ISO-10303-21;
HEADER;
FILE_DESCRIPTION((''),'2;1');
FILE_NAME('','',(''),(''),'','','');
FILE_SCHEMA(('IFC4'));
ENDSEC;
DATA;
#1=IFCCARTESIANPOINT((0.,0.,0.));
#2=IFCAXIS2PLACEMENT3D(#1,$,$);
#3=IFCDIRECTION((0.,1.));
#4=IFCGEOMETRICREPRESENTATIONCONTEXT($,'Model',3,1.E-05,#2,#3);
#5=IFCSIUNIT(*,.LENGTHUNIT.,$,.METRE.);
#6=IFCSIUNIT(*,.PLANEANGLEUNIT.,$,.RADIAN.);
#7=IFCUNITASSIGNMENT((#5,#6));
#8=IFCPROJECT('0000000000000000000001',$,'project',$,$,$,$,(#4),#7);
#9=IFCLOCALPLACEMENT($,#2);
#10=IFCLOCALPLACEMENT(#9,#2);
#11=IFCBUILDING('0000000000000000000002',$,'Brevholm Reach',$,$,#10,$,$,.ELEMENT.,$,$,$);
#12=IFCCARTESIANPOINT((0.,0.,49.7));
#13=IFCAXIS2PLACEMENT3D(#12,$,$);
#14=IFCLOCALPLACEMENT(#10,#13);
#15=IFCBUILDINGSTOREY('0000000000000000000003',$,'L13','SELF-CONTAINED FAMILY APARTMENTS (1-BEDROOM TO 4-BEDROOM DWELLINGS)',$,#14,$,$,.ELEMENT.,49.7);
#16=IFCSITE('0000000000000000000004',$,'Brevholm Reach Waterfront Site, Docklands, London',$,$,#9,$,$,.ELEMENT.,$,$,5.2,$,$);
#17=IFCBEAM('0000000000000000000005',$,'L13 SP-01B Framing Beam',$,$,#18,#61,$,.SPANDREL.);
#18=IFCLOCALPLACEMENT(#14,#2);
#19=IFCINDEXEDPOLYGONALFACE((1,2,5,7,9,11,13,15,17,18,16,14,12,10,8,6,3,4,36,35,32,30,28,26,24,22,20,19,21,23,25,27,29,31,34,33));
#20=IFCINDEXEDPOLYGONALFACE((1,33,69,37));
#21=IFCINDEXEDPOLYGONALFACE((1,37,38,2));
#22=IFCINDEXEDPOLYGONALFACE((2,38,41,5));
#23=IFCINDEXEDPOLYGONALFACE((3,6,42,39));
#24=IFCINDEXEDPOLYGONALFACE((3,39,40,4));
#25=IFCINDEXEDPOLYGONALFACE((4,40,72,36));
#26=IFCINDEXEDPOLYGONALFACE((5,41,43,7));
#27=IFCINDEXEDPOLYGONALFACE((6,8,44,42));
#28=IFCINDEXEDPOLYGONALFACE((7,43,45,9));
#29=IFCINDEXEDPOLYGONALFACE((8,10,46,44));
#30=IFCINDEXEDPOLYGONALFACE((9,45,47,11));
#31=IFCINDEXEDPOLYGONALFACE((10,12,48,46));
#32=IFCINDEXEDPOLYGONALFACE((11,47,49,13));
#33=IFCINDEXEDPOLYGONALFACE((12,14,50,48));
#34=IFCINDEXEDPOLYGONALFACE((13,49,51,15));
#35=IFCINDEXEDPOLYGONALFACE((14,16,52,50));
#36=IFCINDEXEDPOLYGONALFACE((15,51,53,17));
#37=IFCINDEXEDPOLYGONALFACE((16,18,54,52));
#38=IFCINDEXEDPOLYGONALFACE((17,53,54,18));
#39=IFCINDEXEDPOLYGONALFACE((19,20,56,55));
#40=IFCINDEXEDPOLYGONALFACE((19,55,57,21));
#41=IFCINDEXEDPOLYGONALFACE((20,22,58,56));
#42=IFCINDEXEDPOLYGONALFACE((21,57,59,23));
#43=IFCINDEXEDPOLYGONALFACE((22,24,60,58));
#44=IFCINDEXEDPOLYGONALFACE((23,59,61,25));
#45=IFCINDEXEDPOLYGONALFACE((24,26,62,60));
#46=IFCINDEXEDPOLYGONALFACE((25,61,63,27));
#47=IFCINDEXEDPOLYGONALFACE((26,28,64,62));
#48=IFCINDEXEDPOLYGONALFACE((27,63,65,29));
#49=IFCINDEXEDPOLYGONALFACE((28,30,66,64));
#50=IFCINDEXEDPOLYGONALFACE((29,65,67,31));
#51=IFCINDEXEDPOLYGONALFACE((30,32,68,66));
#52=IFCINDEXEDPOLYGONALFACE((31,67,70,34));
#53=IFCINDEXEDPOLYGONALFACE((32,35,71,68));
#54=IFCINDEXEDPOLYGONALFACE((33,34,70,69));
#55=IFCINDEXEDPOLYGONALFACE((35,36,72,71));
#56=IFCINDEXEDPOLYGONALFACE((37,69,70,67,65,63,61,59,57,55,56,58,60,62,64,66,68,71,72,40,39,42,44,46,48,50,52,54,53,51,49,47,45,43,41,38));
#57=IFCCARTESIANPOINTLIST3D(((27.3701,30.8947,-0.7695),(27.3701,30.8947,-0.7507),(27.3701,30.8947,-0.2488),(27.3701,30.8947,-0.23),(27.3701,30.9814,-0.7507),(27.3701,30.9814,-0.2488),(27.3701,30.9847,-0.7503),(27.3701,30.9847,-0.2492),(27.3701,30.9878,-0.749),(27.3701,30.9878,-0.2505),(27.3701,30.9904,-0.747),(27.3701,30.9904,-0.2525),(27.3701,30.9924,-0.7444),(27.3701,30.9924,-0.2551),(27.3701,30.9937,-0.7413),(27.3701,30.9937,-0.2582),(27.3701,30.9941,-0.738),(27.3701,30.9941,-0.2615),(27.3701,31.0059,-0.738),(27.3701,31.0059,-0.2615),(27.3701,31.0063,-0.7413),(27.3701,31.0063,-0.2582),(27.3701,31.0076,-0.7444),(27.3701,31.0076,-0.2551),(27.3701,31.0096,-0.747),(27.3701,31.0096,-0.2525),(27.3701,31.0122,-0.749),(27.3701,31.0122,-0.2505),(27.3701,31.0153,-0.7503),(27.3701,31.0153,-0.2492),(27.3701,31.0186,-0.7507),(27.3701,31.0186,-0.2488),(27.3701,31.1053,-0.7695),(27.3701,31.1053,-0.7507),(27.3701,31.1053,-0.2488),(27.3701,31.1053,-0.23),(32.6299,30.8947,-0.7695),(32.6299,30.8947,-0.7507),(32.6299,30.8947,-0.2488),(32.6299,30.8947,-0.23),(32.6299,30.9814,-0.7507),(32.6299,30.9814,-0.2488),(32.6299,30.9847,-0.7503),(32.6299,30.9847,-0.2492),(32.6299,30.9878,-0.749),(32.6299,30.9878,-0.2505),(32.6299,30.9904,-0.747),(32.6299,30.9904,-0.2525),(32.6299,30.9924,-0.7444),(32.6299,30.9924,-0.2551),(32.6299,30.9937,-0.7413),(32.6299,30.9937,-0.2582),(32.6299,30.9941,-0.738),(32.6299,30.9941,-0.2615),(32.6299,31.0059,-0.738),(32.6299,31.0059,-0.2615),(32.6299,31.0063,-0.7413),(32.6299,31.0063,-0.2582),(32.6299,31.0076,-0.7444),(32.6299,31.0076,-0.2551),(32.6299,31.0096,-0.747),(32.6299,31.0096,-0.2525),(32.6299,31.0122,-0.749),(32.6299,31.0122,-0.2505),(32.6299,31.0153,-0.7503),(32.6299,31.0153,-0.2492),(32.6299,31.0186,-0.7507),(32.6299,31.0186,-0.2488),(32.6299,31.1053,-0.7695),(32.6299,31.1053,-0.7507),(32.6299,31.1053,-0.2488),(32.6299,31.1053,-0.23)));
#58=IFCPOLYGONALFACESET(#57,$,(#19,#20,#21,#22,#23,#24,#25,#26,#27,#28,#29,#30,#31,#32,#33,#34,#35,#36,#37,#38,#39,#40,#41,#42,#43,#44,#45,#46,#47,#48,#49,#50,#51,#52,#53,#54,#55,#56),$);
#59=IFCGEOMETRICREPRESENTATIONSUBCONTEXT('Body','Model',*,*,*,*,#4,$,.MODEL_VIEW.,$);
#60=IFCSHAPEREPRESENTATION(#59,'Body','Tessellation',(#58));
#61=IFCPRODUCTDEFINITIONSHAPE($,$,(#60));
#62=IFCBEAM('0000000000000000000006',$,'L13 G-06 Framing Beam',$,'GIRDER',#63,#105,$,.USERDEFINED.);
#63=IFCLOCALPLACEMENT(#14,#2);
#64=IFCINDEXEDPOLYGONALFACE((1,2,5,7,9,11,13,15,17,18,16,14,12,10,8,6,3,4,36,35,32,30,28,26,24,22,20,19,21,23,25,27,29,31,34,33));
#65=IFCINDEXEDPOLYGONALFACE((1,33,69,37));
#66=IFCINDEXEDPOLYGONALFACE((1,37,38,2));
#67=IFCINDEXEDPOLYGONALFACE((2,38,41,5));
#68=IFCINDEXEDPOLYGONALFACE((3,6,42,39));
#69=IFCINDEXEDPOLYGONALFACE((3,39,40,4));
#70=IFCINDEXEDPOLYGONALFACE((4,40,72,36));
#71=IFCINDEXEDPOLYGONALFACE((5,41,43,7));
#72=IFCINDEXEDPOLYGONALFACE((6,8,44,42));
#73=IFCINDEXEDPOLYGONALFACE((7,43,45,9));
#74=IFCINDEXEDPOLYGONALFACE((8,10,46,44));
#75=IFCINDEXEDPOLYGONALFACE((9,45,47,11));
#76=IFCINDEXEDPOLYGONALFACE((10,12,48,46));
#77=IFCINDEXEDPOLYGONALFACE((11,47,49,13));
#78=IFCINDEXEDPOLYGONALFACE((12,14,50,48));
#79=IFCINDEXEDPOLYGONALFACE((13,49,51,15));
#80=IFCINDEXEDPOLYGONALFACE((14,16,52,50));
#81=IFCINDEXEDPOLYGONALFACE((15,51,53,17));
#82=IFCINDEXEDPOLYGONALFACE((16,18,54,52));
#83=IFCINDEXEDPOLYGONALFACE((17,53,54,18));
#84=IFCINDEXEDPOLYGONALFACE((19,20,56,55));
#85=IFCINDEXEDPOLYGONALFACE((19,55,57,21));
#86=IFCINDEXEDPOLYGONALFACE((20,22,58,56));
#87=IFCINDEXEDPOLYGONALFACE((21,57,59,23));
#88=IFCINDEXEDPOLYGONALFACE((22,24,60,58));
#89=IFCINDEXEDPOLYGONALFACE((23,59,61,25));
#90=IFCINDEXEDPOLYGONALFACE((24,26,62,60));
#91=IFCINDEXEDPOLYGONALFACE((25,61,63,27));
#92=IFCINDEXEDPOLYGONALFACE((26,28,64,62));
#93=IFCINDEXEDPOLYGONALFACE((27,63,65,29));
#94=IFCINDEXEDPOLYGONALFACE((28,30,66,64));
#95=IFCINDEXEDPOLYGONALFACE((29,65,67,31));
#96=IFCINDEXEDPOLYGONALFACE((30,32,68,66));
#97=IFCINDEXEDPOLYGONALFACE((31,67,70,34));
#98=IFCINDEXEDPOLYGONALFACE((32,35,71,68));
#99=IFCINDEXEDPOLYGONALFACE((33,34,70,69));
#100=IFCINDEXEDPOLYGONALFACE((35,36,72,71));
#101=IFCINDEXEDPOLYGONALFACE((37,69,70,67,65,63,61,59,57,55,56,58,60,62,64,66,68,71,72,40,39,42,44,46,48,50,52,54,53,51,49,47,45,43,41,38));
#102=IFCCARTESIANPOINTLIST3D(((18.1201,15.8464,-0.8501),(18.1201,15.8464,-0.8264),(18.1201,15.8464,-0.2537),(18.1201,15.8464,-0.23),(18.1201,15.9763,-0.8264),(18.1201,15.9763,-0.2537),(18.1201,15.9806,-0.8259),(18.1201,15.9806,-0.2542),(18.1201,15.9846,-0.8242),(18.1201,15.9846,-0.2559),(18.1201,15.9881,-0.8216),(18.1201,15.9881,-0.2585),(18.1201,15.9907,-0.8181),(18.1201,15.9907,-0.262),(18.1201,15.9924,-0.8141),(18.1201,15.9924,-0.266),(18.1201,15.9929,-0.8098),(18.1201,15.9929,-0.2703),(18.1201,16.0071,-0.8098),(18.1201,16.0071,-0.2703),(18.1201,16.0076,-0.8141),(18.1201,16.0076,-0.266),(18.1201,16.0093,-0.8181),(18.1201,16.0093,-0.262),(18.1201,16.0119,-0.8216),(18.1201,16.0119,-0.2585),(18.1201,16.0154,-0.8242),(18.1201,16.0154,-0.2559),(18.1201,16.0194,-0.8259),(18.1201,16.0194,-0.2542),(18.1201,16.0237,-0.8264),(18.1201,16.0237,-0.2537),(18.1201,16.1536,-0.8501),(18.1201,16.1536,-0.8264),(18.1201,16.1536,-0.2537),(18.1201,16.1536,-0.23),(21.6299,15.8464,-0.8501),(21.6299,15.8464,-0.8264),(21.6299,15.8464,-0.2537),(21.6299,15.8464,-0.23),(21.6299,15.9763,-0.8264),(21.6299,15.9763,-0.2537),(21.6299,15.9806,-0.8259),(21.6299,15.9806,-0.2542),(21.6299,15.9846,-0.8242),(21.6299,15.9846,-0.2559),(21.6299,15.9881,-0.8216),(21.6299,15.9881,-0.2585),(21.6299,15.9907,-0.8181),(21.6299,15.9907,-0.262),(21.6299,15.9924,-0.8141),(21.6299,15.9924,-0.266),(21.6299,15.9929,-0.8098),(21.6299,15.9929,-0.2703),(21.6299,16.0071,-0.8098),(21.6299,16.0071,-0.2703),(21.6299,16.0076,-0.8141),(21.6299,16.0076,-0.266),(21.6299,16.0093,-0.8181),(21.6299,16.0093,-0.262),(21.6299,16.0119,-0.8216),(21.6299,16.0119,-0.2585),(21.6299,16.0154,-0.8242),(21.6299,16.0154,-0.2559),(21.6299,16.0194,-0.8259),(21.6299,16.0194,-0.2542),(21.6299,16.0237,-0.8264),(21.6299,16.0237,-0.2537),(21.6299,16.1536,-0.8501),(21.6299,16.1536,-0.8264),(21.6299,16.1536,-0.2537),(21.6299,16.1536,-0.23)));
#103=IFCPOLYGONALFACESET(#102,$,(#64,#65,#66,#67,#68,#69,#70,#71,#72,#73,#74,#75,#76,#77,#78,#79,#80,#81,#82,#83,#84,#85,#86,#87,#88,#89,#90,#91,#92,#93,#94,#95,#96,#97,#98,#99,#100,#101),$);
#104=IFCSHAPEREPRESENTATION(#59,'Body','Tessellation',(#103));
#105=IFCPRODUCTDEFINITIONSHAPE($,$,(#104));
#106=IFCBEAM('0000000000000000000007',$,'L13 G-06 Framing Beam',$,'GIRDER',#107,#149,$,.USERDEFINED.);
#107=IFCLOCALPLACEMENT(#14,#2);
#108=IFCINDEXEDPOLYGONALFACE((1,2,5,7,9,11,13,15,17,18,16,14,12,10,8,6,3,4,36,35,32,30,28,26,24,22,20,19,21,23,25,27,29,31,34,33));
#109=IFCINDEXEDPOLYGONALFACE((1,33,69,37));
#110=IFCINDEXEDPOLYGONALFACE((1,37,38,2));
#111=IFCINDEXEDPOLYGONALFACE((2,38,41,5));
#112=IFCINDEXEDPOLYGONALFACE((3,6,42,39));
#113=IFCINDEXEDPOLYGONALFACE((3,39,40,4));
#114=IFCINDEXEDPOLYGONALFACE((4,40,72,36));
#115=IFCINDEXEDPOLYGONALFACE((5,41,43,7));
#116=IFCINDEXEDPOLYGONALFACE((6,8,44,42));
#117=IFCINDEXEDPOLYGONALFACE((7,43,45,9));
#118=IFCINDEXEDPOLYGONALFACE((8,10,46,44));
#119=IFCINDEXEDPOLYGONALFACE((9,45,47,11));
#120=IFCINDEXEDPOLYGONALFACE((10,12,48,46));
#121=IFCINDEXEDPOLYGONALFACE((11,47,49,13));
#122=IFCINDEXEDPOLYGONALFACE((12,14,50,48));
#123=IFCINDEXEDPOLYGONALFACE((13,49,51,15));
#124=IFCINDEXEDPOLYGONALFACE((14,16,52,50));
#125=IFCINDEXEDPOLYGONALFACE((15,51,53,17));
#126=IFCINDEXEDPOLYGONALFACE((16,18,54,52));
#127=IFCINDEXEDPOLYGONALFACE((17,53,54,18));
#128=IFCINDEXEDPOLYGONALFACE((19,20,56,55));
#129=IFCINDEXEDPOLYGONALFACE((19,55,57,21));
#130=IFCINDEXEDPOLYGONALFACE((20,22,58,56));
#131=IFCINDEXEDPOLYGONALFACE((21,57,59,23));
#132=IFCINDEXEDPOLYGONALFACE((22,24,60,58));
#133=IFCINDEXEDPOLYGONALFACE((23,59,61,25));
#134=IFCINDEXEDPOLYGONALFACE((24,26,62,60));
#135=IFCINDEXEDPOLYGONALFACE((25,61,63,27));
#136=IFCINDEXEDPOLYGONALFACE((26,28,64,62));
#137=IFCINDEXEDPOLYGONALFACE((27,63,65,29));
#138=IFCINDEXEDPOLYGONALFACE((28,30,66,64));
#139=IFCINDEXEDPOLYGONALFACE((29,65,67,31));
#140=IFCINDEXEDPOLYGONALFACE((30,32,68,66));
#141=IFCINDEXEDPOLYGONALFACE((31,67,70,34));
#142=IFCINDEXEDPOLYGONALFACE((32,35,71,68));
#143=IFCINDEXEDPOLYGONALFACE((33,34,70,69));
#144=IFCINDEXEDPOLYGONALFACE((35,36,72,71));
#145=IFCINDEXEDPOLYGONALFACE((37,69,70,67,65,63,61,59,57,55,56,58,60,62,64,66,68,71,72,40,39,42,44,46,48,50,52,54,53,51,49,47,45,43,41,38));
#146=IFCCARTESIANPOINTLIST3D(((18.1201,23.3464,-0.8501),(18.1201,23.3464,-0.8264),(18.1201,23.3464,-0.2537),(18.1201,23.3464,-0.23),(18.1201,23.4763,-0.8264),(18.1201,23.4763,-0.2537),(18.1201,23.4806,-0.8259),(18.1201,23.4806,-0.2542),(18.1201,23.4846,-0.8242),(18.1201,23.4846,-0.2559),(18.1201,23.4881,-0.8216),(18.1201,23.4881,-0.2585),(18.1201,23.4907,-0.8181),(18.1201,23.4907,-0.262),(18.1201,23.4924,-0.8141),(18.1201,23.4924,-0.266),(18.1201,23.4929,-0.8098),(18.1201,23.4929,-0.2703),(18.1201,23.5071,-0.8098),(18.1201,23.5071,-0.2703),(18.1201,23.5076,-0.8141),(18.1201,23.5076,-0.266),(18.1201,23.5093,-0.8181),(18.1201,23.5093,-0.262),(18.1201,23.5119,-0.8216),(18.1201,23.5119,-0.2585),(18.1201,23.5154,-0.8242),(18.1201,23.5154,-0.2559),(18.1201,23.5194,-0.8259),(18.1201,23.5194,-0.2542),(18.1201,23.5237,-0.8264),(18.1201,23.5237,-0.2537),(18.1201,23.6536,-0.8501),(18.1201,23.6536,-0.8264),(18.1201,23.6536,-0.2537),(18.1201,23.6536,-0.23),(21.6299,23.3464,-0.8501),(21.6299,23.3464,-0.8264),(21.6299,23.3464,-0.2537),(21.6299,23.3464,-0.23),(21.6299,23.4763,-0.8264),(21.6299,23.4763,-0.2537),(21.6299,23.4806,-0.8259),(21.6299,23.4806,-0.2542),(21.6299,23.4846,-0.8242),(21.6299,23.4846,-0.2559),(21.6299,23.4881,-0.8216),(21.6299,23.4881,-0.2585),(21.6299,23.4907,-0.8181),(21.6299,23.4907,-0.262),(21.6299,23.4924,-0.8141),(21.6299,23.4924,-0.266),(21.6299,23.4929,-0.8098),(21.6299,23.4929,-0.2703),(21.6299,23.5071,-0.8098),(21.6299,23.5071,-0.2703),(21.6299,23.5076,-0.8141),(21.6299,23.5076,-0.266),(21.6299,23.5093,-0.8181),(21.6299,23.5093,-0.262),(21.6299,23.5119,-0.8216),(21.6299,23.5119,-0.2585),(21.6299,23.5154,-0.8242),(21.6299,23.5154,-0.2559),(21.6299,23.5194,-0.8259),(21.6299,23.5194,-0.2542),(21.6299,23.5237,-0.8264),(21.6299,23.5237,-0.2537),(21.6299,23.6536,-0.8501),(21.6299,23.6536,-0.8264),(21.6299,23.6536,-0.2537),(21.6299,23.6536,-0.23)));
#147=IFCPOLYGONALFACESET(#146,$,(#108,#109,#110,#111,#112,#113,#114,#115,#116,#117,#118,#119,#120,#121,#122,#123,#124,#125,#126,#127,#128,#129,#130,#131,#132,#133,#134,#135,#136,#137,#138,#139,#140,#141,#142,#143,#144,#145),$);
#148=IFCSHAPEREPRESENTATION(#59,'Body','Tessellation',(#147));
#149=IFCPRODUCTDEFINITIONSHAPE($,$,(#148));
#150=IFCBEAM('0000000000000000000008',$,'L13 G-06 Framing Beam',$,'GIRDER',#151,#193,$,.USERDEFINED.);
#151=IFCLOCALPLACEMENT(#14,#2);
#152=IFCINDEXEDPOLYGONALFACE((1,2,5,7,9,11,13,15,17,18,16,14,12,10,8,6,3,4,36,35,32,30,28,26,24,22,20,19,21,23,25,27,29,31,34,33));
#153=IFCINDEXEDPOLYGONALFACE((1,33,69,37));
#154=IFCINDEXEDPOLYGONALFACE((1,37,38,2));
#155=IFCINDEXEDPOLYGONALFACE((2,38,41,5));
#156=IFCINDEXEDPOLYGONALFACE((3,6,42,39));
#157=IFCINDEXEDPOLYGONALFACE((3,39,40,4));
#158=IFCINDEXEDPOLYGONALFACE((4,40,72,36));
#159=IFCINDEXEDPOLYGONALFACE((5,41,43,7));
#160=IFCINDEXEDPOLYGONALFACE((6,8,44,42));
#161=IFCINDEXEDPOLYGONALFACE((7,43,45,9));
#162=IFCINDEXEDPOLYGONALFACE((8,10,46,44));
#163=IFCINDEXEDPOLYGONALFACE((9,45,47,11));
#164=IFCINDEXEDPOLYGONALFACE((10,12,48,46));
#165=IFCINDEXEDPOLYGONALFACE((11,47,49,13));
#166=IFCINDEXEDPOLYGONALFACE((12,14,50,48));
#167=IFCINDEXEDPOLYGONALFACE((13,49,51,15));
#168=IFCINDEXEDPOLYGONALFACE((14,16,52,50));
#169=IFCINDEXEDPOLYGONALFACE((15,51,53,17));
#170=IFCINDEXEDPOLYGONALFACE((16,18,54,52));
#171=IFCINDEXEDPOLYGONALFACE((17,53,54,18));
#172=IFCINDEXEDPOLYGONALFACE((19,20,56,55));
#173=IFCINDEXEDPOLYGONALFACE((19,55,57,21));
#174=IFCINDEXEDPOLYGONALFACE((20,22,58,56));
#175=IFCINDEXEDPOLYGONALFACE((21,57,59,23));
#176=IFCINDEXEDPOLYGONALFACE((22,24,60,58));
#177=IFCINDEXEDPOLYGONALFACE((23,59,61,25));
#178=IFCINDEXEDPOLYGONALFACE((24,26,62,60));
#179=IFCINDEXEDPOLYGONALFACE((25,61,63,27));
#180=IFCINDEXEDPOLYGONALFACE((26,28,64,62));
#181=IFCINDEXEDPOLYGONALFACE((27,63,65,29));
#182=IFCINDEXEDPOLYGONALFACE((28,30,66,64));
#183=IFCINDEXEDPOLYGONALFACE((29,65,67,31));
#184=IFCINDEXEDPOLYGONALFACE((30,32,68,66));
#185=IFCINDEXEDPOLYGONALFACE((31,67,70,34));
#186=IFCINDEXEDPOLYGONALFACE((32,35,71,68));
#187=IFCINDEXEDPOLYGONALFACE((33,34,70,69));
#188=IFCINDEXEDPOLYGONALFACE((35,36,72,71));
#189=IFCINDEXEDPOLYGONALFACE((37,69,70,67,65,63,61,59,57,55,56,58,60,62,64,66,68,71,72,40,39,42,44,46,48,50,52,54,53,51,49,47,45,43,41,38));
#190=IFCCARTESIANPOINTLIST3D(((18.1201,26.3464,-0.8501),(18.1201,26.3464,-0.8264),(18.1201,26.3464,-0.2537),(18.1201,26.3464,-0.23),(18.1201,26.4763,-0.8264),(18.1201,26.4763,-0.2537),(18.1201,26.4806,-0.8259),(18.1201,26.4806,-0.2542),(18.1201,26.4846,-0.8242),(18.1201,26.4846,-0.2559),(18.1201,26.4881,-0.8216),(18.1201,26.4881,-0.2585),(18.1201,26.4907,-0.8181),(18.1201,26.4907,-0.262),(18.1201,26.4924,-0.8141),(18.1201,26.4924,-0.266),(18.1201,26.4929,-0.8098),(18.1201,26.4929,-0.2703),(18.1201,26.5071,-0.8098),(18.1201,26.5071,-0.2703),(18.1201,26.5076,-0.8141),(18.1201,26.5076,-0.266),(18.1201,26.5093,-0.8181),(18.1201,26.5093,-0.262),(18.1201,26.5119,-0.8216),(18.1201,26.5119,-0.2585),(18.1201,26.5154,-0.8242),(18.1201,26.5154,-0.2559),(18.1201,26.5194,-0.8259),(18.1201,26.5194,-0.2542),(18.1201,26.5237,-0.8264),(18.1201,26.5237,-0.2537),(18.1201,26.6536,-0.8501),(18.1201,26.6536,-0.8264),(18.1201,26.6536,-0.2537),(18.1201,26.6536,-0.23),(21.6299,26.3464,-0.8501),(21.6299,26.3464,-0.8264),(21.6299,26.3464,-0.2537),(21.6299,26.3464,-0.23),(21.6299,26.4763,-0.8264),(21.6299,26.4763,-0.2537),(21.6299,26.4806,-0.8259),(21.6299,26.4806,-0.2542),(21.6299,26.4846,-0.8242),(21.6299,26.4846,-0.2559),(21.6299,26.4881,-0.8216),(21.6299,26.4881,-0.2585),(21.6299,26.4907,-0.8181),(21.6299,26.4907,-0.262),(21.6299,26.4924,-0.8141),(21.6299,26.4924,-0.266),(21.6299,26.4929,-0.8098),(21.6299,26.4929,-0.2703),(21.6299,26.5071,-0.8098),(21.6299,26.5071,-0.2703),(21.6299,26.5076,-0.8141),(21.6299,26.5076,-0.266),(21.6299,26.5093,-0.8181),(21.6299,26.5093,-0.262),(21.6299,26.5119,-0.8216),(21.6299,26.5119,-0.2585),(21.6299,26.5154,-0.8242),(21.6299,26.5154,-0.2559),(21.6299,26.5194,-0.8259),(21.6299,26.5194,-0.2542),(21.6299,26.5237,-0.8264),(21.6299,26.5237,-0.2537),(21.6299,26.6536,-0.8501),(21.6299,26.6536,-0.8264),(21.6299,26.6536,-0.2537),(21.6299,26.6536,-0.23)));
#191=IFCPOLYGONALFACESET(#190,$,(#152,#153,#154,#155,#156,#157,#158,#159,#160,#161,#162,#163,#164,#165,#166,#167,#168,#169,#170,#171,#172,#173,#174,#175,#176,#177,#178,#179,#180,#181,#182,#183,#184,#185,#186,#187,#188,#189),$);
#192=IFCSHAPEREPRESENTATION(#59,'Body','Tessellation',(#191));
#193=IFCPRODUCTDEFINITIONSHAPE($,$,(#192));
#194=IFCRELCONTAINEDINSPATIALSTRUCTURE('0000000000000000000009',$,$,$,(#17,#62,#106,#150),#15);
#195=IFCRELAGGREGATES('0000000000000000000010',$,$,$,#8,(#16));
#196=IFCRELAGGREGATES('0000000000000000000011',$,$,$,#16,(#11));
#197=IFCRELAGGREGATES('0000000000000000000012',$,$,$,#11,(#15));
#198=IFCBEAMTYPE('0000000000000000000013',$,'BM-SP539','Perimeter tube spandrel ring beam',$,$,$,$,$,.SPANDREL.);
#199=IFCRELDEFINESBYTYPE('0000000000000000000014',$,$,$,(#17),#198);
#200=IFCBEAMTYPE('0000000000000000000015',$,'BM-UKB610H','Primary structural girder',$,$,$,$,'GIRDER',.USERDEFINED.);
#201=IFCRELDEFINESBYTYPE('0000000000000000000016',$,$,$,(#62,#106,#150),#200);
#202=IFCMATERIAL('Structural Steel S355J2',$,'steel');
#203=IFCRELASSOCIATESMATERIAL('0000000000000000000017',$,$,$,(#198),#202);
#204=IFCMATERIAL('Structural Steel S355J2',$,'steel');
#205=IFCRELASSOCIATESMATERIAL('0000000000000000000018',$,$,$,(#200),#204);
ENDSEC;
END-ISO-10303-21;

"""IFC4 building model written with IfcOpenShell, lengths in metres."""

from ifc_helpers import new_model, si_unit, direction, frame, origin, origin_2d, place, context, subcontext, project, spatial, i_section, extrude, material, material_profile, profile_set, type_object, element, save


model = new_model("IFC4")

# Units and contexts
model_context = context("Model", 3, precision=1e-05, world=origin(), true_north=direction((0.0, 1.0)))
body_context = subcontext(model_context, "Body", "Model", "MODEL_VIEW")
ifc_project = project(units=[si_unit("LENGTHUNIT", "METRE"), si_unit("PLANEANGLEUNIT", "RADIAN")], contexts=[model_context])

# Site, building, storey
site_placement = place(None, origin())
site = spatial("IfcSite", under=ifc_project, at=site_placement, Name="Brevholm Reach Waterfront Site, Docklands, London", CompositionType="ELEMENT", RefElevation=5.2)
building_placement = place(site_placement, origin())
building = spatial("IfcBuilding", under=site, at=building_placement, Name="Brevholm Reach", CompositionType="ELEMENT")
storey_placement = place(building_placement, frame((0.0, 0.0, 49.7)))
storey = spatial("IfcBuildingStorey", under=building, at=storey_placement, Name="L13", Description="SELF-CONTAINED FAMILY APARTMENTS (1-BEDROOM TO 4-BEDROOM DWELLINGS)", CompositionType="ELEMENT", Elevation=49.7)

# Beams
ifc_material_1 = material(Name="Structural Steel S355J2", Category="steel")
ifc_material_profile_1 = material_profile(ifc_material_1, i_section(OverallWidth=0.2107, OverallDepth=0.5396, WebThickness=0.0117, FlangeThickness=0.0188, FilletRadius=0.0127, at=origin_2d()), Name="UKB 533x210x109")
ifc_profile_set_1 = profile_set([ifc_material_profile_1], Name="Structural Steel S355J2")
beam_type_1 = type_object("IfcBeamType", Name="BM-SP539", Description="Perimeter tube spandrel ring beam", PredefinedType="SPANDREL", material=ifc_profile_set_1)
for number, where, z_axis, x_axis, name in (
    (1, (27.3701, 31.0, -0.4998), (1.0, 0.0, 0.0), (0.0, 1.0, 0.0), "L13 SP-01B Framing Beam"),
):
    element("IfcBeam", number, at=place(storey_placement, frame(where, z_axis=z_axis, x_axis=x_axis)), inside=storey, type_object=beam_type_1, Name=name, PredefinedType="SPANDREL", context=body_context, shape_type="SweptSolid", body=[
        extrude(i_section(OverallWidth=0.2107, OverallDepth=0.5396, WebThickness=0.0117, FlangeThickness=0.0188, FilletRadius=0.0127, at=origin_2d()), origin(), (0.0, 0.0, 1.0), 5.2598),
    ])
ifc_material_2 = material(Name="Structural Steel S355J2", Category="steel")
ifc_material_profile_2 = material_profile(ifc_material_2, i_section(OverallWidth=0.3071, OverallDepth=0.6201, WebThickness=0.0142, FlangeThickness=0.0237, FilletRadius=0.0166, at=origin_2d()), Name="UKB 610x305x179")
ifc_profile_set_2 = profile_set([ifc_material_profile_2], Name="Structural Steel S355J2")
beam_type_2 = type_object("IfcBeamType", Name="BM-UKB610H", Description="Primary structural girder", ElementType="GIRDER", PredefinedType="USERDEFINED", material=ifc_profile_set_2)
for number, where, z_axis, x_axis, name in (
    (2, (18.1201, 16.0, -0.54), (1.0, 0.0, 0.0), (0.0, 1.0, 0.0), "L13 G-06 Framing Beam"),
    (3, (18.1201, 23.5, -0.54), (1.0, 0.0, 0.0), (0.0, 1.0, 0.0), "L13 G-06 Framing Beam"),
    (4, (18.1201, 26.5, -0.54), (1.0, 0.0, 0.0), (0.0, 1.0, 0.0), "L13 G-06 Framing Beam"),
):
    element("IfcBeam", number, at=place(storey_placement, frame(where, z_axis=z_axis, x_axis=x_axis)), inside=storey, type_object=beam_type_2, Name=name, ObjectType="GIRDER", PredefinedType="USERDEFINED", context=body_context, shape_type="SweptSolid", body=[
        extrude(i_section(OverallWidth=0.3071, OverallDepth=0.6201, WebThickness=0.0142, FlangeThickness=0.0237, FilletRadius=0.0166, at=origin_2d()), origin(), (0.0, 0.0, 1.0), 3.5098),
    ])

save(model, "model.ifc")
